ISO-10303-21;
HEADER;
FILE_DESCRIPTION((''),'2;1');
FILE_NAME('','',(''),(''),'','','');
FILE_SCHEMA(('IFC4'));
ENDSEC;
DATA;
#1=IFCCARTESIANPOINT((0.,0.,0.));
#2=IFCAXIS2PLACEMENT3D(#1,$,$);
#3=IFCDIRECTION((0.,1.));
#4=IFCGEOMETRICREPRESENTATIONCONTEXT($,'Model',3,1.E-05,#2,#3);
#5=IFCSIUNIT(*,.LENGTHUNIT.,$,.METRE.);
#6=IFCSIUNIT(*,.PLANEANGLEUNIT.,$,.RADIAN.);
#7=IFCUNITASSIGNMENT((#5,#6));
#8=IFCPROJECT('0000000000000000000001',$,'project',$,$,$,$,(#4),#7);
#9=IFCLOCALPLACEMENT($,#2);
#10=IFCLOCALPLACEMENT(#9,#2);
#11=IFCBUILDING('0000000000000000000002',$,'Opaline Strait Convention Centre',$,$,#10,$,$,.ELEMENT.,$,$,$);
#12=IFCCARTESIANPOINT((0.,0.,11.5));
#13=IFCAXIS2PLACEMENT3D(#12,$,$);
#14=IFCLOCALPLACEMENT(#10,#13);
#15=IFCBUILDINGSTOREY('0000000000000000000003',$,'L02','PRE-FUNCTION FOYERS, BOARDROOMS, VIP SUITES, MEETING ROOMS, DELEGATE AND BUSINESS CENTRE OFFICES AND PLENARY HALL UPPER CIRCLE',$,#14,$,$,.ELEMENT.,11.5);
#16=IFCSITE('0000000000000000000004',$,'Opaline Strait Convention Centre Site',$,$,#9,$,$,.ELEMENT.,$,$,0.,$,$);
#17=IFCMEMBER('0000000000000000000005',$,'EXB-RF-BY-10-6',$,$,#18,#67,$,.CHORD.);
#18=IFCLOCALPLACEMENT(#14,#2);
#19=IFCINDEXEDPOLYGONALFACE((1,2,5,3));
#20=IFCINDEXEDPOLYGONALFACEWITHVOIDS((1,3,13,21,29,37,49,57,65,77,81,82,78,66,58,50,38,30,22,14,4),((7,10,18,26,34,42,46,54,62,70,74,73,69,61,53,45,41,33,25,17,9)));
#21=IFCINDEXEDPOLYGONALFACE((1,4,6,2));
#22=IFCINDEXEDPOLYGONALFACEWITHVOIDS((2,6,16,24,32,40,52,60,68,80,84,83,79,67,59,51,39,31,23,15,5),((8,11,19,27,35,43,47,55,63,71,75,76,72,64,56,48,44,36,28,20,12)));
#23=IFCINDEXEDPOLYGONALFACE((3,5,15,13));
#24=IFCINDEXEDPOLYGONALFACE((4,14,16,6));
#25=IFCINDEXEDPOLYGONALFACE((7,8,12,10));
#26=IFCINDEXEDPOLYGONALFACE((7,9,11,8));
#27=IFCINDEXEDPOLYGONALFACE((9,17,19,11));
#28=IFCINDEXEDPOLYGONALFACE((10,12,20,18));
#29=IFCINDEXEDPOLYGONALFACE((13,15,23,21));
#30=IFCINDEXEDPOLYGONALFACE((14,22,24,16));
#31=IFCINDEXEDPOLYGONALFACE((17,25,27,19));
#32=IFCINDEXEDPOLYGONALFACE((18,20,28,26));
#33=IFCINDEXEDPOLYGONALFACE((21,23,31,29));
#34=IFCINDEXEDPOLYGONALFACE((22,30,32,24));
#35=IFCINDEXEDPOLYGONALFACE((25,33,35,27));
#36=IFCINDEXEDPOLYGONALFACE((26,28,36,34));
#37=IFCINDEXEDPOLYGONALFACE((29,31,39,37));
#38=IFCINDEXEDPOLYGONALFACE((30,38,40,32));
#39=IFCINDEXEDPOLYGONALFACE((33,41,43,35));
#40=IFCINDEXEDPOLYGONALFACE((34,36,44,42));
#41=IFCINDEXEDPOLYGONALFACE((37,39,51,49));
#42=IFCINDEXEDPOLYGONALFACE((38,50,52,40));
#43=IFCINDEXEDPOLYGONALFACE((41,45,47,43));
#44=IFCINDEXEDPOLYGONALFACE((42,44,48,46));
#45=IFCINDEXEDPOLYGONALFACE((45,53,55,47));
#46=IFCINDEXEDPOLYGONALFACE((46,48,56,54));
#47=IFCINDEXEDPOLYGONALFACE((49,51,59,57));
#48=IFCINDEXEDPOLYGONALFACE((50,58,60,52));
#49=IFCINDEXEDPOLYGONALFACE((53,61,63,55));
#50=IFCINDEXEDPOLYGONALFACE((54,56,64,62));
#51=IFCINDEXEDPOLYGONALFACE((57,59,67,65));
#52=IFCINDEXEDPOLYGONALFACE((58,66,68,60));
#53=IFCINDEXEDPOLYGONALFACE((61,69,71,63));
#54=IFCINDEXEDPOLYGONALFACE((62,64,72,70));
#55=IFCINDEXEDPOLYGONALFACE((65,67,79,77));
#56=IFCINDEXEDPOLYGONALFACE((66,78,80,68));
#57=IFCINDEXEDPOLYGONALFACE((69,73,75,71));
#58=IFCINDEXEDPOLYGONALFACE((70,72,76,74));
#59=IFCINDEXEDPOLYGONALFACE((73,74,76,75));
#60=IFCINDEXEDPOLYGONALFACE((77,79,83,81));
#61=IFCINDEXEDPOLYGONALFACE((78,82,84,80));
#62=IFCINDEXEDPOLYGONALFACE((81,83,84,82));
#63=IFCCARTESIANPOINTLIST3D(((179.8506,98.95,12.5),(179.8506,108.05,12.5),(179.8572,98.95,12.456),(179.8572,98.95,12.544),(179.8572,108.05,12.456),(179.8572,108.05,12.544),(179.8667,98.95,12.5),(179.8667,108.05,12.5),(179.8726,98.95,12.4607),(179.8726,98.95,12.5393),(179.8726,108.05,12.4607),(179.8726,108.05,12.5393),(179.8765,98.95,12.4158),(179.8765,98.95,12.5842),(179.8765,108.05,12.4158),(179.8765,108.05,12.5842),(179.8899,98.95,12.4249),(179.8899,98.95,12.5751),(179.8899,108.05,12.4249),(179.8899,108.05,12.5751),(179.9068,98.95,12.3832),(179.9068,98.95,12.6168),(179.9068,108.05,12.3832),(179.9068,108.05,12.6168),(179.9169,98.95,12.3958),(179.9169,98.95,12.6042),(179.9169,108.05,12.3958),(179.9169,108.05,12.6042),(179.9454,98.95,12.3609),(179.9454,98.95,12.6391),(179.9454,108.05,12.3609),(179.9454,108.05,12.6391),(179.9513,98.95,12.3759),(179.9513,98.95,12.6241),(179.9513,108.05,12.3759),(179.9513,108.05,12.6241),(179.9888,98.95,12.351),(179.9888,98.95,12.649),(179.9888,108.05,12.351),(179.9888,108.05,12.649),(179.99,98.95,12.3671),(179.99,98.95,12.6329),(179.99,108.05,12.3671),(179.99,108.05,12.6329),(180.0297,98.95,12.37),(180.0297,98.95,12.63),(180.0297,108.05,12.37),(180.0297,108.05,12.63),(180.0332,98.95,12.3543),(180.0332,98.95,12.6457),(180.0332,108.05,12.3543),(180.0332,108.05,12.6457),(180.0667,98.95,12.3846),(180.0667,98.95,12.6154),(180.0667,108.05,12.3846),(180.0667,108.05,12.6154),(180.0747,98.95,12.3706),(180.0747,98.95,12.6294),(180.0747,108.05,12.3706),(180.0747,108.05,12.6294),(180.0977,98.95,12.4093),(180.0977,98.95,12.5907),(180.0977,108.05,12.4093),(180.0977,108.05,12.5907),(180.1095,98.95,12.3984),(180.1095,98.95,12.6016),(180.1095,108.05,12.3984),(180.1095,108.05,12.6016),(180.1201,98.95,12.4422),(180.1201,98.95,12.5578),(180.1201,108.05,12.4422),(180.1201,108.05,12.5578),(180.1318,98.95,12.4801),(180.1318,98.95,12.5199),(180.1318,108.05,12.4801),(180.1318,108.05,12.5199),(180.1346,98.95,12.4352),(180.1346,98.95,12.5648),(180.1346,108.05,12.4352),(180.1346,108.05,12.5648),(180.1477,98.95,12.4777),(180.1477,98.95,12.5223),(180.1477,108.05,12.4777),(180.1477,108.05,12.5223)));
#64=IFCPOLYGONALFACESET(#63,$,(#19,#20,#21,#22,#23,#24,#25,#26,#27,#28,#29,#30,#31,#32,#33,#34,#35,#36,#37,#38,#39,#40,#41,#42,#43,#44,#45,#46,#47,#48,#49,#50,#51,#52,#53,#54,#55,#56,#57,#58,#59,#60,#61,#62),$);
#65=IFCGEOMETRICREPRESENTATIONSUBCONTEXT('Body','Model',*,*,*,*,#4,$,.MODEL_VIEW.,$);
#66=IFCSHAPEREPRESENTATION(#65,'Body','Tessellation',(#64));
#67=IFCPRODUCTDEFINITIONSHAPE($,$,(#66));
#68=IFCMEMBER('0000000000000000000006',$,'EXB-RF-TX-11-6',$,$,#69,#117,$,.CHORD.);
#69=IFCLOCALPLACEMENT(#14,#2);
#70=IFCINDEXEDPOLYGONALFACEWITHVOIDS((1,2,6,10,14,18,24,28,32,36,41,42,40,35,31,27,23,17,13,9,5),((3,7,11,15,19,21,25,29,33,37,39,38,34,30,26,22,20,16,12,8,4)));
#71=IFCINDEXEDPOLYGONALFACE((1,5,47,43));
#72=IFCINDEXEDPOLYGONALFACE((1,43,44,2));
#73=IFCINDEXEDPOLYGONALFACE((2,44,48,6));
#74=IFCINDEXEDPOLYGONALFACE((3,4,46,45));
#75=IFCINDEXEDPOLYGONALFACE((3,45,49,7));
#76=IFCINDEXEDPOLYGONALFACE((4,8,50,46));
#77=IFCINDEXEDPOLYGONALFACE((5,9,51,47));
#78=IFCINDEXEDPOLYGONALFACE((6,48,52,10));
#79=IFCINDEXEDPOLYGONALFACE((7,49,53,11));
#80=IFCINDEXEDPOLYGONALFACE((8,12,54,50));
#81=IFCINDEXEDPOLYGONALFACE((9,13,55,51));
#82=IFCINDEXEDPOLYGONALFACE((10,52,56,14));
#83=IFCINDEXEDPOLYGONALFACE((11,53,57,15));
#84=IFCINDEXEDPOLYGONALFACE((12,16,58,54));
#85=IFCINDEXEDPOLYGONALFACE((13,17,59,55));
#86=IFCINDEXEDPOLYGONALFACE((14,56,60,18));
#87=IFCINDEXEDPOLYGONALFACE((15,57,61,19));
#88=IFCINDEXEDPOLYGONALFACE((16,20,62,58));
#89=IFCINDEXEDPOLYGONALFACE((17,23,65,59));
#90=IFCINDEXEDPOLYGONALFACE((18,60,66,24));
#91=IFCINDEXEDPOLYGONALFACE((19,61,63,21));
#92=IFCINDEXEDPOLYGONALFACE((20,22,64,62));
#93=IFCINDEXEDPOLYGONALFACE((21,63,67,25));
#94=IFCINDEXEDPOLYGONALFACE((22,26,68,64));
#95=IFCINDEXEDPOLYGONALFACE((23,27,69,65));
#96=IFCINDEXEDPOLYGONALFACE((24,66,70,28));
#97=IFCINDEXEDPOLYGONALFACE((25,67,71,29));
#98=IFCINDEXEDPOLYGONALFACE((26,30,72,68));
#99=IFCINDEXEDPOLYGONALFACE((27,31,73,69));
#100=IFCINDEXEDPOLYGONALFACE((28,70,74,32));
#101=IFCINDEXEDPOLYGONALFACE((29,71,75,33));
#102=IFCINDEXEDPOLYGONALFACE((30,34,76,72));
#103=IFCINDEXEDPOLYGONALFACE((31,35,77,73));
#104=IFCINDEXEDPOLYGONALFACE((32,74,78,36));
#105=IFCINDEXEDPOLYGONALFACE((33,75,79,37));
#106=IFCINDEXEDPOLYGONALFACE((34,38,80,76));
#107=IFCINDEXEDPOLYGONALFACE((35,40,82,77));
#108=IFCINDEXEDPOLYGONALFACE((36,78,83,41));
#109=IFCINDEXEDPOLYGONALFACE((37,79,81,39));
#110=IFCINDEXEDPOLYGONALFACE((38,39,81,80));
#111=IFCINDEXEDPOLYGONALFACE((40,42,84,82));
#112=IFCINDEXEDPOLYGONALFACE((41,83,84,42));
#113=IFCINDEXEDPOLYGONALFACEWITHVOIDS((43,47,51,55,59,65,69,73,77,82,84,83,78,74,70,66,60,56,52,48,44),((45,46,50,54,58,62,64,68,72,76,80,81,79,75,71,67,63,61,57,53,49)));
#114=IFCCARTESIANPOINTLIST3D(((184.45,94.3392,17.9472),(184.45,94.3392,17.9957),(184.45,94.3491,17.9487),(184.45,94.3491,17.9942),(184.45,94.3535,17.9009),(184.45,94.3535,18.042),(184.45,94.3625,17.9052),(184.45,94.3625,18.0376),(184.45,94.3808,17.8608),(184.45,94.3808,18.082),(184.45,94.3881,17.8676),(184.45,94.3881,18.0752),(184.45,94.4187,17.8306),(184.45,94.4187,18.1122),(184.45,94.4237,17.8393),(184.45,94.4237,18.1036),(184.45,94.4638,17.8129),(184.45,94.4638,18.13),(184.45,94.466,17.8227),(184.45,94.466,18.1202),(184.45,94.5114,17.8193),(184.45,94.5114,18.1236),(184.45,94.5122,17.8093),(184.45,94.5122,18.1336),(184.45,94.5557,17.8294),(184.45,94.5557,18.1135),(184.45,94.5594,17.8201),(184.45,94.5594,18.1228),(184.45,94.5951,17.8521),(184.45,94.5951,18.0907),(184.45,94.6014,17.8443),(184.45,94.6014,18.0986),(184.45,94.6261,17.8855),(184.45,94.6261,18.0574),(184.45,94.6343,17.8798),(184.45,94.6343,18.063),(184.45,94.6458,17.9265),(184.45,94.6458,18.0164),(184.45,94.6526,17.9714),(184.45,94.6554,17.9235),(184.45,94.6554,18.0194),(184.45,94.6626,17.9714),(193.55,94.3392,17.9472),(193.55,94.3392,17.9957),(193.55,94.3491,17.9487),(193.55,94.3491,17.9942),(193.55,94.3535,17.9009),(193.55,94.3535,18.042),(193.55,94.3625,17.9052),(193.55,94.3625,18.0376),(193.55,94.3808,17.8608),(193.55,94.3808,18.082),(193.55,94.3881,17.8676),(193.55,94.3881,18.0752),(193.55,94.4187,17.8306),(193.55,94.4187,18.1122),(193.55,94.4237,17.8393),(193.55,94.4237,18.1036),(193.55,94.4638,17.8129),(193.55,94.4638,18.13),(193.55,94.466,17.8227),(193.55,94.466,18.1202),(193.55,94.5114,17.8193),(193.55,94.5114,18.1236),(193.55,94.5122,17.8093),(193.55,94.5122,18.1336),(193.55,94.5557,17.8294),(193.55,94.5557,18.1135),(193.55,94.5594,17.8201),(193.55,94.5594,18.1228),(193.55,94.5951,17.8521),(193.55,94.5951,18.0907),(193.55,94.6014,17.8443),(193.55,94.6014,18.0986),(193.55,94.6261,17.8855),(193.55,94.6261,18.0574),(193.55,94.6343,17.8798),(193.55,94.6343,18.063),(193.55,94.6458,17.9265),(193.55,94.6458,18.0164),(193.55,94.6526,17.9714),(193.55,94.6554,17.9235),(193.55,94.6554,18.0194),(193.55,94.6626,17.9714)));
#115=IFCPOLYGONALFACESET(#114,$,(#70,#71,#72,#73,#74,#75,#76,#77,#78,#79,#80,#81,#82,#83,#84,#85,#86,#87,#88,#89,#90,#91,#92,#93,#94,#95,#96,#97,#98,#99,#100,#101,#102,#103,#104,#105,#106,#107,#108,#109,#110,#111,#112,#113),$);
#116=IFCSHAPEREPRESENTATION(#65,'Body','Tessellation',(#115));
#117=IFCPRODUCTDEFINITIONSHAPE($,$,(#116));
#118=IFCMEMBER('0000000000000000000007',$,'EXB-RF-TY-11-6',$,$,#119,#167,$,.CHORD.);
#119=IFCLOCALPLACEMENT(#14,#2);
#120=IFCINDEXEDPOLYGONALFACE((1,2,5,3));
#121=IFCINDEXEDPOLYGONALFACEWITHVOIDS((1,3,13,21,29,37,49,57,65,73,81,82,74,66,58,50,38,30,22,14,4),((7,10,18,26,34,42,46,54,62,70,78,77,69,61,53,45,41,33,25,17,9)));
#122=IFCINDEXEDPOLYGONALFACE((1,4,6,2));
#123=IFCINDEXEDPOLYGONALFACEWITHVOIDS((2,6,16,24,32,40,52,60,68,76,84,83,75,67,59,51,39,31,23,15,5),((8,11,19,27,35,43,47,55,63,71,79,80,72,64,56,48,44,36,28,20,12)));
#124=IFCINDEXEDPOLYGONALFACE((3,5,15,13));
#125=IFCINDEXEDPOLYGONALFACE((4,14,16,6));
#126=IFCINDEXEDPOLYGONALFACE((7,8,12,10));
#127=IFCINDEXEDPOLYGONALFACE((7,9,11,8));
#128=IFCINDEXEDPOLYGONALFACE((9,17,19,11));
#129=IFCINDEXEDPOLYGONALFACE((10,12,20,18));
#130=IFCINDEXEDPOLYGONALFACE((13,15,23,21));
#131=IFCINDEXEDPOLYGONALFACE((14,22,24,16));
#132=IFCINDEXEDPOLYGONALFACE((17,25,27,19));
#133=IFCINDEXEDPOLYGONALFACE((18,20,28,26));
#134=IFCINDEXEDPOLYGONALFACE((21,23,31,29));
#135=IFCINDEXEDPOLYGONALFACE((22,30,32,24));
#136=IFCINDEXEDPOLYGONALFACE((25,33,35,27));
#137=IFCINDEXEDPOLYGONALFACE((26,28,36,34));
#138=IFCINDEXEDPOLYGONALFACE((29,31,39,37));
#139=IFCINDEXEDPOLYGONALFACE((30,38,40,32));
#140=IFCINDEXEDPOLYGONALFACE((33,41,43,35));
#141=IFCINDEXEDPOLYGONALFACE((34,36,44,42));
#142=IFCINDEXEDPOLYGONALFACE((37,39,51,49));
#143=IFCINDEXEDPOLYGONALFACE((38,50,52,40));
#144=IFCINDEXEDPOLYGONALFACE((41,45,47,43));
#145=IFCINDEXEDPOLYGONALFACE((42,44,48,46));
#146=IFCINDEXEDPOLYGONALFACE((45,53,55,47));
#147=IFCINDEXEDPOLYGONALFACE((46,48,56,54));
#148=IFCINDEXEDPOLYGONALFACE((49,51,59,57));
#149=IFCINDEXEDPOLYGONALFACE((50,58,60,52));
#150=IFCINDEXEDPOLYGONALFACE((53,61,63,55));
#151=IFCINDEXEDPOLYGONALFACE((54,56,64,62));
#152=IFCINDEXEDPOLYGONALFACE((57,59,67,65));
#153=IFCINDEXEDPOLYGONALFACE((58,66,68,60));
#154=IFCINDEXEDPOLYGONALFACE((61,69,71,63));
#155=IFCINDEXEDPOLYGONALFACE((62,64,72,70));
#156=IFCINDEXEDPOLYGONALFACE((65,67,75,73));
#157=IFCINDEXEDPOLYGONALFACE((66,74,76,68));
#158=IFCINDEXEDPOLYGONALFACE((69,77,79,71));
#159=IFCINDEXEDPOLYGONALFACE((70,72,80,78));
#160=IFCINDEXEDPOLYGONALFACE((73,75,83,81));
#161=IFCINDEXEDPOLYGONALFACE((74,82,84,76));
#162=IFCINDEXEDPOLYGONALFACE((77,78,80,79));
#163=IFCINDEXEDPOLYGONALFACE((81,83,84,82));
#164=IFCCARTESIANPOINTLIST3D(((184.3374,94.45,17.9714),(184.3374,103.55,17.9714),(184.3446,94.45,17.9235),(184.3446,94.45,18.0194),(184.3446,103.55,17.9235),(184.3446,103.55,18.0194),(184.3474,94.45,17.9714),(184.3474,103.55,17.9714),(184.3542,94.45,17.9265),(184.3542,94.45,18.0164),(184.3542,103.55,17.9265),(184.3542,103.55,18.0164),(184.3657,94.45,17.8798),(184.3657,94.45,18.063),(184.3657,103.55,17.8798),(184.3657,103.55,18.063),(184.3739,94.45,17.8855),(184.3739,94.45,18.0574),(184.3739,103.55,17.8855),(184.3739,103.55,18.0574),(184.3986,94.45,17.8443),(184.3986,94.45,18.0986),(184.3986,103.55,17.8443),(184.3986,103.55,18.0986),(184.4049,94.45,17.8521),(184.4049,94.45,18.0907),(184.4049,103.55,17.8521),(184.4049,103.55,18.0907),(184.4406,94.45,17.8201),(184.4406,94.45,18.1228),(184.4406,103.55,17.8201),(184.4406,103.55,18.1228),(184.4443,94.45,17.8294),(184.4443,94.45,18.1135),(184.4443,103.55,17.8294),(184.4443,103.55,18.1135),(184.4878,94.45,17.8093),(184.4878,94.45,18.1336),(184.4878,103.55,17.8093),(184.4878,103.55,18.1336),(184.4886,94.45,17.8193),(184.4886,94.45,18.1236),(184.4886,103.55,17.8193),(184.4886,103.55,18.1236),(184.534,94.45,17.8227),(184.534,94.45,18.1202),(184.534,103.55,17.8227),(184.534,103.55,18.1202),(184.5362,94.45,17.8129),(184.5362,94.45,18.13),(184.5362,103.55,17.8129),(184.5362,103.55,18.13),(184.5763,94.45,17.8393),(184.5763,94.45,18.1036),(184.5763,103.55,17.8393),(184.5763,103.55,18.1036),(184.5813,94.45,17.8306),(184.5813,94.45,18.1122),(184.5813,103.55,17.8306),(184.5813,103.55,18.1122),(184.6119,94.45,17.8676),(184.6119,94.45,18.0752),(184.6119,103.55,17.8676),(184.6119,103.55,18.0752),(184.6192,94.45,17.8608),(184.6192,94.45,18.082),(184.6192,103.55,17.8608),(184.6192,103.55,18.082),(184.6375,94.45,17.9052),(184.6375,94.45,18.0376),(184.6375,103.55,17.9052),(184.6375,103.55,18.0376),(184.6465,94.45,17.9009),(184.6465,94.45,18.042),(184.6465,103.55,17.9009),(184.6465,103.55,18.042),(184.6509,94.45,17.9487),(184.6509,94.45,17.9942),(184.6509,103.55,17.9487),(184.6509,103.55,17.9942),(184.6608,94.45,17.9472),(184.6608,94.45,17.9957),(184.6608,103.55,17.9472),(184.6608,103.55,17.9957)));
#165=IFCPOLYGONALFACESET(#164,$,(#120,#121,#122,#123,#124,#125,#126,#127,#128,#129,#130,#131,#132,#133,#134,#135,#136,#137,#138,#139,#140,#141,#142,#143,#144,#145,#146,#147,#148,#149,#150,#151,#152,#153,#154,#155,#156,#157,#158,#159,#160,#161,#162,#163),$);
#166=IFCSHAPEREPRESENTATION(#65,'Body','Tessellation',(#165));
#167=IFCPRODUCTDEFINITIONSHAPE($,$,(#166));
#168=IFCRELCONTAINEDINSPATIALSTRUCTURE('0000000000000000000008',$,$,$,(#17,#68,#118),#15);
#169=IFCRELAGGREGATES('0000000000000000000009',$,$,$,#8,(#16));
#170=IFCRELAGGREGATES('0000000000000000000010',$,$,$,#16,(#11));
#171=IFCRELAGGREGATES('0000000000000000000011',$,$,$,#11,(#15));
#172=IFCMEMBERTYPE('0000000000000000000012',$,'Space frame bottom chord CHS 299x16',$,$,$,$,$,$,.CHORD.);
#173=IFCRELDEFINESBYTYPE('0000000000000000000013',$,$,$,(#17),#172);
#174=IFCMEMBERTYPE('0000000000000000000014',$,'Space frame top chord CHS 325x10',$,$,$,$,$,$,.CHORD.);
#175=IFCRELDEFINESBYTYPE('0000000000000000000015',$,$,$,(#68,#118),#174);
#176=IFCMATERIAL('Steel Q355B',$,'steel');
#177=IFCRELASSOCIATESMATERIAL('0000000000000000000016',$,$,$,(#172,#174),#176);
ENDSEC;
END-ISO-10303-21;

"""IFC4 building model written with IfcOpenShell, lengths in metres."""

from ifc_helpers import new_model, si_unit, direction, frame, origin, origin_2d, place, context, subcontext, project, spatial, hollow_circle, extrude, material, material_profile, profile_set, type_object, element, save


model = new_model("IFC4")

# Units and contexts
model_context = context("Model", 3, precision=1e-05, world=origin(), true_north=direction((0.0, 1.0)))
body_context = subcontext(model_context, "Body", "Model", "MODEL_VIEW")
ifc_project = project(units=[si_unit("LENGTHUNIT", "METRE"), si_unit("PLANEANGLEUNIT", "RADIAN")], contexts=[model_context])

# Site, building, storey
site_placement = place(None, origin())
site = spatial("IfcSite", under=ifc_project, at=site_placement, Name="Opaline Strait Convention Centre Site", CompositionType="ELEMENT", RefElevation=0.0)
building_placement = place(site_placement, origin())
building = spatial("IfcBuilding", under=site, at=building_placement, Name="Opaline Strait Convention Centre", CompositionType="ELEMENT")
storey_placement = place(building_placement, frame((0.0, 0.0, 11.5)))
storey = spatial("IfcBuildingStorey", under=building, at=storey_placement, Name="L02", Description="PRE-FUNCTION FOYERS, BOARDROOMS, VIP SUITES, MEETING ROOMS, DELEGATE AND BUSINESS CENTRE OFFICES AND PLENARY HALL UPPER CIRCLE", CompositionType="ELEMENT", Elevation=11.5)

# Members
ifc_material = material(Name="Steel Q355B", Category="steel")
ifc_material_profile_1 = material_profile(ifc_material, hollow_circle(Radius=0.1494, WallThickness=0.0161, at=origin_2d()), Name="CHS 299x16")
ifc_profile_set_1 = profile_set([ifc_material_profile_1], Name="Steel Q355B")
member_type_1 = type_object("IfcMemberType", Name="Space frame bottom chord CHS 299x16", PredefinedType="CHORD", material=ifc_profile_set_1)
for number, where, z_axis, x_axis, name in (
    (1, (180.0, 98.95, 12.5), (0.0, 1.0, 0.0), (-1.0, 0.0, 0.0), "EXB-RF-BY-10-6"),
):
    element("IfcMember", number, at=place(storey_placement, frame(where, z_axis=z_axis, x_axis=x_axis)), inside=storey, type_object=member_type_1, Name=name, PredefinedType="CHORD", context=body_context, shape_type="SweptSolid", body=[
        extrude(hollow_circle(Radius=0.1494, WallThickness=0.0161, at=origin_2d()), origin(), (0.0, 0.0, 1.0), 9.1001),
    ])
ifc_material_profile_2 = material_profile(ifc_material, hollow_circle(Radius=0.1626, WallThickness=0.01, at=origin_2d()), Name="CHS 325x10")
ifc_profile_set_2 = profile_set([ifc_material_profile_2], Name="Steel Q355B")
member_type_2 = type_object("IfcMemberType", Name="Space frame top chord CHS 325x10", PredefinedType="CHORD", material=ifc_profile_set_2)
for number, where, z_axis, x_axis, name in (
    (2, (184.45, 94.5, 17.9714), (1.0, 0.0, 0.0), (0.0, 1.0, 0.0), "EXB-RF-TX-11-6"),
    (3, (184.5, 94.45, 17.9714), (0.0, 1.0, 0.0), (-1.0, 0.0, 0.0), "EXB-RF-TY-11-6"),
):
    element("IfcMember", number, at=place(storey_placement, frame(where, z_axis=z_axis, x_axis=x_axis)), inside=storey, type_object=member_type_2, Name=name, PredefinedType="CHORD", context=body_context, shape_type="SweptSolid", body=[
        extrude(hollow_circle(Radius=0.1626, WallThickness=0.01, at=origin_2d()), origin(), (0.0, 0.0, 1.0), 9.1001),
    ])

save(model, "model.ifc")
